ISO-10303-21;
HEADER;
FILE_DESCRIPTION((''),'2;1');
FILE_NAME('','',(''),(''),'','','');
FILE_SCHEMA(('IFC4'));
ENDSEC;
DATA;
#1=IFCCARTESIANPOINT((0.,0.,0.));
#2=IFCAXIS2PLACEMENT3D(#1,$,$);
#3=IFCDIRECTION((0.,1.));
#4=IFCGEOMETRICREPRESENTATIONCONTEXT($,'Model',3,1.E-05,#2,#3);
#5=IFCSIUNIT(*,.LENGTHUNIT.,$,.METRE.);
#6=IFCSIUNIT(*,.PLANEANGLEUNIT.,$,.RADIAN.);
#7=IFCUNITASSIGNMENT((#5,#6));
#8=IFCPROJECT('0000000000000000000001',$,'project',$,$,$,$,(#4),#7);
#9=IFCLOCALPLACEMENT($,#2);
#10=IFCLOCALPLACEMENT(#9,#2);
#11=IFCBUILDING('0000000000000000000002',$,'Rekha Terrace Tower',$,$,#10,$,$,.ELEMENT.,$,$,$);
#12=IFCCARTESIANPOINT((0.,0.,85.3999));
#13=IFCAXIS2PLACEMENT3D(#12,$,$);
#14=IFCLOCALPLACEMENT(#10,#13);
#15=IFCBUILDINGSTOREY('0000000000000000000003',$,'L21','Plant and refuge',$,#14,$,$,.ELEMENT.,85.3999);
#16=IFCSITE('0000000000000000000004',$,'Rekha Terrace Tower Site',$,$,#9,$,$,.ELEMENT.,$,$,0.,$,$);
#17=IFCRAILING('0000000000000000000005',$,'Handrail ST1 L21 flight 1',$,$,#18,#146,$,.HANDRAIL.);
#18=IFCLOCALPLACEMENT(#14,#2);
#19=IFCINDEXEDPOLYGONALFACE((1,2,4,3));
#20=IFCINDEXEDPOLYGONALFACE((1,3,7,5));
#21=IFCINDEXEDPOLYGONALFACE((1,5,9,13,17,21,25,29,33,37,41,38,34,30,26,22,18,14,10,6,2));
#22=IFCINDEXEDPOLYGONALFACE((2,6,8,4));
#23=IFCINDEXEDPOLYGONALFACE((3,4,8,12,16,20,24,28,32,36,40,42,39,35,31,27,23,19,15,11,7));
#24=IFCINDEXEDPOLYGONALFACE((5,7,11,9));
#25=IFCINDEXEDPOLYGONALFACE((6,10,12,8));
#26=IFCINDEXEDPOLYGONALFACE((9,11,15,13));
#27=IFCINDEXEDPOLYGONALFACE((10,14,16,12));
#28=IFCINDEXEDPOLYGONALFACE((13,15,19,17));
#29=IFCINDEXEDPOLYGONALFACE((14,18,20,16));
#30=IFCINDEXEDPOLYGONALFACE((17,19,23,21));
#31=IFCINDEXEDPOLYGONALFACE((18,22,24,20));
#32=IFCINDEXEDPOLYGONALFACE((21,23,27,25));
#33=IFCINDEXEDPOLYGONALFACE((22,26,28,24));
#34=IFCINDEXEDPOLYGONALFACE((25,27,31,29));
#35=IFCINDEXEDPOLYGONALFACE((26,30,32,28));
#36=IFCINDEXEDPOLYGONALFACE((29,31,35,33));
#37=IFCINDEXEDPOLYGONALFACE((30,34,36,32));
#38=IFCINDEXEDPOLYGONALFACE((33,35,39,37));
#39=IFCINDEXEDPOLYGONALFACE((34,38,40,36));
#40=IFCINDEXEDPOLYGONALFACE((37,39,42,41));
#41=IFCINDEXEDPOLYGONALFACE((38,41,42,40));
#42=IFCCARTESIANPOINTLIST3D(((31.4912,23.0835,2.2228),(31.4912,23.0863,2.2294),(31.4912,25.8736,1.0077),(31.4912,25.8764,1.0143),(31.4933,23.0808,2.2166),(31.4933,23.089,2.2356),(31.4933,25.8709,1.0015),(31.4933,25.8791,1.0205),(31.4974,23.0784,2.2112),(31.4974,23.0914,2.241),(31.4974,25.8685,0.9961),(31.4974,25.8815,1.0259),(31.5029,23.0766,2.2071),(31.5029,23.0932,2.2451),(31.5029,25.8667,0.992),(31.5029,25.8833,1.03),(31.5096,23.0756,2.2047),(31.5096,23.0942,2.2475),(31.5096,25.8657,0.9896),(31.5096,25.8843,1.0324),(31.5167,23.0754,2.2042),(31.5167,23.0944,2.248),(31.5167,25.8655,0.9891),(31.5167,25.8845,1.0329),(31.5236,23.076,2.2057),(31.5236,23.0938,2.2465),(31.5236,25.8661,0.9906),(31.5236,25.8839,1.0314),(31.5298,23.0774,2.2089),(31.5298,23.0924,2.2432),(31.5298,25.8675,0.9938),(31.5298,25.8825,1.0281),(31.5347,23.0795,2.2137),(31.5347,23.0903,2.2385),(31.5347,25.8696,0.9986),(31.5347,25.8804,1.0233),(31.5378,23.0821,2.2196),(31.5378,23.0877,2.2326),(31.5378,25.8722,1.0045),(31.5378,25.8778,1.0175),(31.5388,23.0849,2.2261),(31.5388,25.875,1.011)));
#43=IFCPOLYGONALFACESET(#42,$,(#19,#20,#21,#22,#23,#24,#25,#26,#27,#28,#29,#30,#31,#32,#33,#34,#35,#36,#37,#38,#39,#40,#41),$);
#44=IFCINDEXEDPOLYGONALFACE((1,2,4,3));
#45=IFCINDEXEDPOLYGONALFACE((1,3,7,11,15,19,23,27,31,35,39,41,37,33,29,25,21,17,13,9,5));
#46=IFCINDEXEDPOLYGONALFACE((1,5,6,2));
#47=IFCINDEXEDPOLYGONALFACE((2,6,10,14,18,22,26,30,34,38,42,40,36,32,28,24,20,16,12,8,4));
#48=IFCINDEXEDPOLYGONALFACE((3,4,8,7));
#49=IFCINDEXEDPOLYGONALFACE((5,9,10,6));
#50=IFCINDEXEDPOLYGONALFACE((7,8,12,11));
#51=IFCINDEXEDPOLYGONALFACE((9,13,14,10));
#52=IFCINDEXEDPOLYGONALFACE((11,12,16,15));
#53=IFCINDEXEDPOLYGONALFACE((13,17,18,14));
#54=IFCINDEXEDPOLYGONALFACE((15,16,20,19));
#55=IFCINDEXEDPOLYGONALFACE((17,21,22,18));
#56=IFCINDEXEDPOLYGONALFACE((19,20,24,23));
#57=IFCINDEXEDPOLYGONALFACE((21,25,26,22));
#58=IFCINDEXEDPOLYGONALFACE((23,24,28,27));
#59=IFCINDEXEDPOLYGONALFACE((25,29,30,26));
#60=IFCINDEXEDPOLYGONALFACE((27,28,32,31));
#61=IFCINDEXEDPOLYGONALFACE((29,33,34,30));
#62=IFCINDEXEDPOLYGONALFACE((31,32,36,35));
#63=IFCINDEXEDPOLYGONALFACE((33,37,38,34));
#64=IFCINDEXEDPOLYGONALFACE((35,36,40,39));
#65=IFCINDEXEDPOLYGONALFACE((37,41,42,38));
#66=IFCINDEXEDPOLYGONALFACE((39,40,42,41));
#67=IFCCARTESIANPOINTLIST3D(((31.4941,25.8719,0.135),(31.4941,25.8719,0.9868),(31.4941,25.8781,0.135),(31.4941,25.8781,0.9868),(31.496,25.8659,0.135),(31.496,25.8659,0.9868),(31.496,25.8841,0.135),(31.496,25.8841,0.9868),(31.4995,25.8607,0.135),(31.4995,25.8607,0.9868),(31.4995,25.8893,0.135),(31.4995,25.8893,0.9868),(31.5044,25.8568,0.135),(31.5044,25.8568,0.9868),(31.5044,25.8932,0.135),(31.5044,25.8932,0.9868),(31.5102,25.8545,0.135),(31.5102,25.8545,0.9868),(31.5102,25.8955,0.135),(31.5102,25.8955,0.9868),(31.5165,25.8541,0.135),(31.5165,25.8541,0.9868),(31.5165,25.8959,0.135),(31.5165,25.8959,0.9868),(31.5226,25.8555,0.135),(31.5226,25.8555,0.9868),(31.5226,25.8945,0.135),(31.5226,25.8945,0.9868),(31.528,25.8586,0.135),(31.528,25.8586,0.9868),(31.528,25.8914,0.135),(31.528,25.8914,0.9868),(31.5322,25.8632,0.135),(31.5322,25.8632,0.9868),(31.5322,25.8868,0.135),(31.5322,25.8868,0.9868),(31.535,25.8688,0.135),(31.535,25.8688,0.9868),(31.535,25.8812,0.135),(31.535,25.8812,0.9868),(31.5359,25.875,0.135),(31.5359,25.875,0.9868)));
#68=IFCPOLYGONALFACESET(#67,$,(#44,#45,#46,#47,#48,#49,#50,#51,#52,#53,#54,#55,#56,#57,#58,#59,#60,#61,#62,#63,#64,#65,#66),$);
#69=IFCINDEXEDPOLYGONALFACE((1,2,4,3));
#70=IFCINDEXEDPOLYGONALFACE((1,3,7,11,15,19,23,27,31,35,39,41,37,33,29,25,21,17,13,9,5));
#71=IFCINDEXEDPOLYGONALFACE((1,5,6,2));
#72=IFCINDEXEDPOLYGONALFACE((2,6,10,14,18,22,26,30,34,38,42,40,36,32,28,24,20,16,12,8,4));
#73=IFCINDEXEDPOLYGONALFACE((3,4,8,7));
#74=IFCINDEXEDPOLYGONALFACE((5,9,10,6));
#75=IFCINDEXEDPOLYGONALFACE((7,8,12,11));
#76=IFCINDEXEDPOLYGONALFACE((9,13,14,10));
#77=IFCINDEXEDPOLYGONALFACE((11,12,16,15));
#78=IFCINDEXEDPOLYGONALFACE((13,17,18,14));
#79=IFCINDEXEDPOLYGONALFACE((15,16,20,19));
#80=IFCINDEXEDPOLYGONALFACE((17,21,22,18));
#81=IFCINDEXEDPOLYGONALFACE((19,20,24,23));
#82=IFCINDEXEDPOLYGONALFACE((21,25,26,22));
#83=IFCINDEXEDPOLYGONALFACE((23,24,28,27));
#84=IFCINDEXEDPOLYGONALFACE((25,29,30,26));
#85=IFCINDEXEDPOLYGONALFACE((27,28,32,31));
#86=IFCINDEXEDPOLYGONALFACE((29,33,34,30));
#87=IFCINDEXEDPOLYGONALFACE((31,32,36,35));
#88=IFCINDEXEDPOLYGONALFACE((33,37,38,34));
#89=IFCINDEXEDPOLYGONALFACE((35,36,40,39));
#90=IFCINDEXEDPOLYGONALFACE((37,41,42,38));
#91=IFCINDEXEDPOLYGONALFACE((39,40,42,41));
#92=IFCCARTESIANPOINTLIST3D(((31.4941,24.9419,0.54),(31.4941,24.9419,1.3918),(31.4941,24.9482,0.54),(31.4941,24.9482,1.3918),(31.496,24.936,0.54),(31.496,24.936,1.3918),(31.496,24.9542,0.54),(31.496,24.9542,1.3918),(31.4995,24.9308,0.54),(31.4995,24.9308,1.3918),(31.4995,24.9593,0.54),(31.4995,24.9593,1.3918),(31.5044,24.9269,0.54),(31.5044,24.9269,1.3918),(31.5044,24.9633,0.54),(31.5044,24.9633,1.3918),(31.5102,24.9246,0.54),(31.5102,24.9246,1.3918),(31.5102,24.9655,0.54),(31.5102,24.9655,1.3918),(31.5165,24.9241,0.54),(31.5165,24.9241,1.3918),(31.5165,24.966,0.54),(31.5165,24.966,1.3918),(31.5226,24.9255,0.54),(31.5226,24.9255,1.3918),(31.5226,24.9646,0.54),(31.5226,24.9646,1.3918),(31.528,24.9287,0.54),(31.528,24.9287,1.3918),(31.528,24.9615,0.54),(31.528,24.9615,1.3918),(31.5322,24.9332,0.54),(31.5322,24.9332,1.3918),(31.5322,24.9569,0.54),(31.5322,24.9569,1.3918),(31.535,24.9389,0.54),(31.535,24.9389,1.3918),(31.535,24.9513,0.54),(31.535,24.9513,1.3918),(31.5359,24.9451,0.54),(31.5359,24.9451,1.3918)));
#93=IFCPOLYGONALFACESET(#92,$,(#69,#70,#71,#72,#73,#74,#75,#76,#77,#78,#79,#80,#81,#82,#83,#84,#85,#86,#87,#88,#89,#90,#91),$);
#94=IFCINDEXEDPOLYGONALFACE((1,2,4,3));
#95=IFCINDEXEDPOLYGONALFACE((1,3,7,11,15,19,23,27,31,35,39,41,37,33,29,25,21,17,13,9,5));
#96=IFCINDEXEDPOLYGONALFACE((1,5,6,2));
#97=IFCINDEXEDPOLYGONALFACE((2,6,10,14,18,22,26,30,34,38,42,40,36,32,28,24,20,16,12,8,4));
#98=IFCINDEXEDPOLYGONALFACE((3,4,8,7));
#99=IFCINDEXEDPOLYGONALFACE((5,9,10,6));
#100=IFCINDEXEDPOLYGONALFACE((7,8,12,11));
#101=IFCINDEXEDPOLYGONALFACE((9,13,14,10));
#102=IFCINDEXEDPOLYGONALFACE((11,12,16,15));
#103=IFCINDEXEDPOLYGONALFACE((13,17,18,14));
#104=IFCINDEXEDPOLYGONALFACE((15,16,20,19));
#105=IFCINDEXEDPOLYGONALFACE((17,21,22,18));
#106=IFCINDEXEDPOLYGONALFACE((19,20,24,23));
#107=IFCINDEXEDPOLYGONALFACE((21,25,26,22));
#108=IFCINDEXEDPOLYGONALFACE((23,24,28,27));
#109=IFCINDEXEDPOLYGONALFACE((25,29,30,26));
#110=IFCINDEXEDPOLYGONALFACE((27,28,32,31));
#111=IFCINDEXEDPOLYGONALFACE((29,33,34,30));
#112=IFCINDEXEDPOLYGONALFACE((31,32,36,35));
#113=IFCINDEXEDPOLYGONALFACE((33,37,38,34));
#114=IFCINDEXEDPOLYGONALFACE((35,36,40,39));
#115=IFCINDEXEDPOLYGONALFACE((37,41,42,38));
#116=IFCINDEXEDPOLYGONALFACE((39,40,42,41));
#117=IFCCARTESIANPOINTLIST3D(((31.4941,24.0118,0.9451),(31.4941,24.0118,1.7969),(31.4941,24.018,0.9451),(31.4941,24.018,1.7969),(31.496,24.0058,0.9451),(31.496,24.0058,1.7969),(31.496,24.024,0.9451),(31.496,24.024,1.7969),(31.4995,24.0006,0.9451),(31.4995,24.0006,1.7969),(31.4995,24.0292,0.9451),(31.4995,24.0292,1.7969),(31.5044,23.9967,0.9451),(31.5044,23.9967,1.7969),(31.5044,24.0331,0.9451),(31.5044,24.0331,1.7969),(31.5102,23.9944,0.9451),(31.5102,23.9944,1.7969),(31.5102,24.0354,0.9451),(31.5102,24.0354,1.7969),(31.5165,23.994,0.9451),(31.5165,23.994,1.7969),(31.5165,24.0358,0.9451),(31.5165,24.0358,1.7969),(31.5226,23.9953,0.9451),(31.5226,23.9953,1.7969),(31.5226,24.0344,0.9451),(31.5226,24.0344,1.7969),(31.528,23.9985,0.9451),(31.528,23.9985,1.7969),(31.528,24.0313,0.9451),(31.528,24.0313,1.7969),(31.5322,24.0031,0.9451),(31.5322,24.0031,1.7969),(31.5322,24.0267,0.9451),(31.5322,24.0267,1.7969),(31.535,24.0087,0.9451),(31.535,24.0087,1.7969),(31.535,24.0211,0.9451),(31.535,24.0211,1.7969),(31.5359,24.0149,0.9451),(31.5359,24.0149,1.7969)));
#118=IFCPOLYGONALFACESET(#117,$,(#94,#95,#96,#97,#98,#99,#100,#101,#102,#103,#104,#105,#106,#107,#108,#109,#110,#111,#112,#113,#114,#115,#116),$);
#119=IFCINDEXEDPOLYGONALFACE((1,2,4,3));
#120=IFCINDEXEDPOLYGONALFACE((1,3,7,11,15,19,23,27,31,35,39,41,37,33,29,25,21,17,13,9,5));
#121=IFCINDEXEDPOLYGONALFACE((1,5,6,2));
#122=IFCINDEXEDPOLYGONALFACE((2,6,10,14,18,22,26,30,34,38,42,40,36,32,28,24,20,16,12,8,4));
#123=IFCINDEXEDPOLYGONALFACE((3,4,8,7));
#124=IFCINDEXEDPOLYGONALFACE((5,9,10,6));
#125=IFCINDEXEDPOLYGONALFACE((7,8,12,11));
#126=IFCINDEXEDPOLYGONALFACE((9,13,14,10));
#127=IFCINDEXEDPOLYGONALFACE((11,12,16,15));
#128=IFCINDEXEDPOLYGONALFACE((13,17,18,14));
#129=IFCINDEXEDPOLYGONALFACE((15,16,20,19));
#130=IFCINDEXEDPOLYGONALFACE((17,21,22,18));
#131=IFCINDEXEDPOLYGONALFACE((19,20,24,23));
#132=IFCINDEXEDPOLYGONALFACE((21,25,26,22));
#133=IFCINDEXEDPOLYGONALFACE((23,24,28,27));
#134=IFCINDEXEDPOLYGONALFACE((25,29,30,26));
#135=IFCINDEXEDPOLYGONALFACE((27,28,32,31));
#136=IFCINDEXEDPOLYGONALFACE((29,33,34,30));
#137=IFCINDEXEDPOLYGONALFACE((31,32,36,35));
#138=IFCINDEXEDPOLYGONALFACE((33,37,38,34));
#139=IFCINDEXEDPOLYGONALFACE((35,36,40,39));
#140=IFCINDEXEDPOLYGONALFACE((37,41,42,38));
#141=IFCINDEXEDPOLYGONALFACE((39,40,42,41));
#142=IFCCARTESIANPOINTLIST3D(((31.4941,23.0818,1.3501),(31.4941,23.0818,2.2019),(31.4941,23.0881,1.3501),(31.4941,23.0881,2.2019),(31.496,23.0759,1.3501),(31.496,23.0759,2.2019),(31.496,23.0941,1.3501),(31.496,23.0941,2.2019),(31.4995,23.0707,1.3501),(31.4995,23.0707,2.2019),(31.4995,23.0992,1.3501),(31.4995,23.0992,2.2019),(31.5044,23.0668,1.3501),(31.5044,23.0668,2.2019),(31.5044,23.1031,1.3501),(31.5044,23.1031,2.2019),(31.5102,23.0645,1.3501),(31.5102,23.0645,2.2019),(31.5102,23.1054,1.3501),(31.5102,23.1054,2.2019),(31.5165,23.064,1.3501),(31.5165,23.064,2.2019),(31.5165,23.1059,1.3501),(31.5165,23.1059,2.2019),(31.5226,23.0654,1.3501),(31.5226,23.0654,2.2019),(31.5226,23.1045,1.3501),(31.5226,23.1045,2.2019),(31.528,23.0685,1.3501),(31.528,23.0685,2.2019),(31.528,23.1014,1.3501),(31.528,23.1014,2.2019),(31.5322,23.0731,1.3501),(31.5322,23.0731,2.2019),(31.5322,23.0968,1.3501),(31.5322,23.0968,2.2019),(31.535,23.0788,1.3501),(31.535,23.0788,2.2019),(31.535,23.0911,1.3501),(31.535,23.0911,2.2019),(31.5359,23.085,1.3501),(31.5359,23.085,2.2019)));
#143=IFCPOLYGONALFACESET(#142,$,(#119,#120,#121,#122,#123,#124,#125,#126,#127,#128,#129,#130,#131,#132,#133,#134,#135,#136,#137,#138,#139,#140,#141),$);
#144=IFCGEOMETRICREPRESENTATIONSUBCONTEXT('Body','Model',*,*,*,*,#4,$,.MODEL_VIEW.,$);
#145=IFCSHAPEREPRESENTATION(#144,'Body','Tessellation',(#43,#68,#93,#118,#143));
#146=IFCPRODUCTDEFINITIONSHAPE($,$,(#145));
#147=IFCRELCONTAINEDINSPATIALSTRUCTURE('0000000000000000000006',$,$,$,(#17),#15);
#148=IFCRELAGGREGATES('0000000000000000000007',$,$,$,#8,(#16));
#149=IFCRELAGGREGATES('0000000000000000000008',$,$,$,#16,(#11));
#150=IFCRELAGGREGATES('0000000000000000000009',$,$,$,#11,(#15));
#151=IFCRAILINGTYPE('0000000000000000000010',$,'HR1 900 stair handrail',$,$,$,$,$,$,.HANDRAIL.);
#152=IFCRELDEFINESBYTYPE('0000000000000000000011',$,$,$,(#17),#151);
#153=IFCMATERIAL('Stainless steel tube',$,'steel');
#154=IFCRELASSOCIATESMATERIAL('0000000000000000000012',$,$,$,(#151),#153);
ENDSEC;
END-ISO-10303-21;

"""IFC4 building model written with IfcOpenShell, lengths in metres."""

from ifc_helpers import new_model, si_unit, direction, frame, origin, origin_2d, place, context, subcontext, project, spatial, circle, extrude, material, type_object, element, save


model = new_model("IFC4")

# Units and contexts
model_context = context("Model", 3, precision=1e-05, world=origin(), true_north=direction((0.0, 1.0)))
body_context = subcontext(model_context, "Body", "Model", "MODEL_VIEW")
ifc_project = project(units=[si_unit("LENGTHUNIT", "METRE"), si_unit("PLANEANGLEUNIT", "RADIAN")], contexts=[model_context])

# Site, building, storey
site_placement = place(None, origin())
site = spatial("IfcSite", under=ifc_project, at=site_placement, Name="Rekha Terrace Tower Site", CompositionType="ELEMENT", RefElevation=0.0)
building_placement = place(site_placement, origin())
building = spatial("IfcBuilding", under=site, at=building_placement, Name="Rekha Terrace Tower", CompositionType="ELEMENT")
storey_placement = place(building_placement, frame((0.0, 0.0, 85.3999)))
storey = spatial("IfcBuildingStorey", under=building, at=storey_placement, Name="L21", Description="Plant and refuge", CompositionType="ELEMENT", Elevation=85.3999)

# Railing
ifc_material_1 = material(Name="Stainless steel tube", Category="steel")
railing_type_1 = type_object("IfcRailingType", Name="HR1 900 stair handrail", PredefinedType="HANDRAIL", material=ifc_material_1)
railing_1_placement = place(storey_placement, frame((31.5149, 25.875, 0.135)))
element("IfcRailing", 1, at=railing_1_placement, inside=storey, type_object=railing_type_1, Name="Handrail ST1 L21 flight 1", PredefinedType="HANDRAIL", context=body_context, shape_type="SweptSolid", body=[
    extrude(circle(Radius=0.0239, at=origin_2d()), frame((0.0, 0.0, 0.876), z_axis=(0.0, -0.916826, 0.399286), x_axis=(1.0, 0.0, 0.0)), (0.0, 0.0, 1.0), 3.0432),
    extrude(circle(Radius=0.021, at=origin_2d()), origin(), (0.0, 0.0, 1.0), 0.8518),
    extrude(circle(Radius=0.021, at=origin_2d()), frame((0.0, -0.9299, 0.405)), (0.0, 0.0, 1.0), 0.8518),
    extrude(circle(Radius=0.021, at=origin_2d()), frame((0.0, -1.8601, 0.8101)), (0.0, 0.0, 1.0), 0.8518),
    extrude(circle(Radius=0.021, at=origin_2d()), frame((0.0, -2.79, 1.2151)), (0.0, 0.0, 1.0), 0.8518),
])

save(model, "model.ifc")
